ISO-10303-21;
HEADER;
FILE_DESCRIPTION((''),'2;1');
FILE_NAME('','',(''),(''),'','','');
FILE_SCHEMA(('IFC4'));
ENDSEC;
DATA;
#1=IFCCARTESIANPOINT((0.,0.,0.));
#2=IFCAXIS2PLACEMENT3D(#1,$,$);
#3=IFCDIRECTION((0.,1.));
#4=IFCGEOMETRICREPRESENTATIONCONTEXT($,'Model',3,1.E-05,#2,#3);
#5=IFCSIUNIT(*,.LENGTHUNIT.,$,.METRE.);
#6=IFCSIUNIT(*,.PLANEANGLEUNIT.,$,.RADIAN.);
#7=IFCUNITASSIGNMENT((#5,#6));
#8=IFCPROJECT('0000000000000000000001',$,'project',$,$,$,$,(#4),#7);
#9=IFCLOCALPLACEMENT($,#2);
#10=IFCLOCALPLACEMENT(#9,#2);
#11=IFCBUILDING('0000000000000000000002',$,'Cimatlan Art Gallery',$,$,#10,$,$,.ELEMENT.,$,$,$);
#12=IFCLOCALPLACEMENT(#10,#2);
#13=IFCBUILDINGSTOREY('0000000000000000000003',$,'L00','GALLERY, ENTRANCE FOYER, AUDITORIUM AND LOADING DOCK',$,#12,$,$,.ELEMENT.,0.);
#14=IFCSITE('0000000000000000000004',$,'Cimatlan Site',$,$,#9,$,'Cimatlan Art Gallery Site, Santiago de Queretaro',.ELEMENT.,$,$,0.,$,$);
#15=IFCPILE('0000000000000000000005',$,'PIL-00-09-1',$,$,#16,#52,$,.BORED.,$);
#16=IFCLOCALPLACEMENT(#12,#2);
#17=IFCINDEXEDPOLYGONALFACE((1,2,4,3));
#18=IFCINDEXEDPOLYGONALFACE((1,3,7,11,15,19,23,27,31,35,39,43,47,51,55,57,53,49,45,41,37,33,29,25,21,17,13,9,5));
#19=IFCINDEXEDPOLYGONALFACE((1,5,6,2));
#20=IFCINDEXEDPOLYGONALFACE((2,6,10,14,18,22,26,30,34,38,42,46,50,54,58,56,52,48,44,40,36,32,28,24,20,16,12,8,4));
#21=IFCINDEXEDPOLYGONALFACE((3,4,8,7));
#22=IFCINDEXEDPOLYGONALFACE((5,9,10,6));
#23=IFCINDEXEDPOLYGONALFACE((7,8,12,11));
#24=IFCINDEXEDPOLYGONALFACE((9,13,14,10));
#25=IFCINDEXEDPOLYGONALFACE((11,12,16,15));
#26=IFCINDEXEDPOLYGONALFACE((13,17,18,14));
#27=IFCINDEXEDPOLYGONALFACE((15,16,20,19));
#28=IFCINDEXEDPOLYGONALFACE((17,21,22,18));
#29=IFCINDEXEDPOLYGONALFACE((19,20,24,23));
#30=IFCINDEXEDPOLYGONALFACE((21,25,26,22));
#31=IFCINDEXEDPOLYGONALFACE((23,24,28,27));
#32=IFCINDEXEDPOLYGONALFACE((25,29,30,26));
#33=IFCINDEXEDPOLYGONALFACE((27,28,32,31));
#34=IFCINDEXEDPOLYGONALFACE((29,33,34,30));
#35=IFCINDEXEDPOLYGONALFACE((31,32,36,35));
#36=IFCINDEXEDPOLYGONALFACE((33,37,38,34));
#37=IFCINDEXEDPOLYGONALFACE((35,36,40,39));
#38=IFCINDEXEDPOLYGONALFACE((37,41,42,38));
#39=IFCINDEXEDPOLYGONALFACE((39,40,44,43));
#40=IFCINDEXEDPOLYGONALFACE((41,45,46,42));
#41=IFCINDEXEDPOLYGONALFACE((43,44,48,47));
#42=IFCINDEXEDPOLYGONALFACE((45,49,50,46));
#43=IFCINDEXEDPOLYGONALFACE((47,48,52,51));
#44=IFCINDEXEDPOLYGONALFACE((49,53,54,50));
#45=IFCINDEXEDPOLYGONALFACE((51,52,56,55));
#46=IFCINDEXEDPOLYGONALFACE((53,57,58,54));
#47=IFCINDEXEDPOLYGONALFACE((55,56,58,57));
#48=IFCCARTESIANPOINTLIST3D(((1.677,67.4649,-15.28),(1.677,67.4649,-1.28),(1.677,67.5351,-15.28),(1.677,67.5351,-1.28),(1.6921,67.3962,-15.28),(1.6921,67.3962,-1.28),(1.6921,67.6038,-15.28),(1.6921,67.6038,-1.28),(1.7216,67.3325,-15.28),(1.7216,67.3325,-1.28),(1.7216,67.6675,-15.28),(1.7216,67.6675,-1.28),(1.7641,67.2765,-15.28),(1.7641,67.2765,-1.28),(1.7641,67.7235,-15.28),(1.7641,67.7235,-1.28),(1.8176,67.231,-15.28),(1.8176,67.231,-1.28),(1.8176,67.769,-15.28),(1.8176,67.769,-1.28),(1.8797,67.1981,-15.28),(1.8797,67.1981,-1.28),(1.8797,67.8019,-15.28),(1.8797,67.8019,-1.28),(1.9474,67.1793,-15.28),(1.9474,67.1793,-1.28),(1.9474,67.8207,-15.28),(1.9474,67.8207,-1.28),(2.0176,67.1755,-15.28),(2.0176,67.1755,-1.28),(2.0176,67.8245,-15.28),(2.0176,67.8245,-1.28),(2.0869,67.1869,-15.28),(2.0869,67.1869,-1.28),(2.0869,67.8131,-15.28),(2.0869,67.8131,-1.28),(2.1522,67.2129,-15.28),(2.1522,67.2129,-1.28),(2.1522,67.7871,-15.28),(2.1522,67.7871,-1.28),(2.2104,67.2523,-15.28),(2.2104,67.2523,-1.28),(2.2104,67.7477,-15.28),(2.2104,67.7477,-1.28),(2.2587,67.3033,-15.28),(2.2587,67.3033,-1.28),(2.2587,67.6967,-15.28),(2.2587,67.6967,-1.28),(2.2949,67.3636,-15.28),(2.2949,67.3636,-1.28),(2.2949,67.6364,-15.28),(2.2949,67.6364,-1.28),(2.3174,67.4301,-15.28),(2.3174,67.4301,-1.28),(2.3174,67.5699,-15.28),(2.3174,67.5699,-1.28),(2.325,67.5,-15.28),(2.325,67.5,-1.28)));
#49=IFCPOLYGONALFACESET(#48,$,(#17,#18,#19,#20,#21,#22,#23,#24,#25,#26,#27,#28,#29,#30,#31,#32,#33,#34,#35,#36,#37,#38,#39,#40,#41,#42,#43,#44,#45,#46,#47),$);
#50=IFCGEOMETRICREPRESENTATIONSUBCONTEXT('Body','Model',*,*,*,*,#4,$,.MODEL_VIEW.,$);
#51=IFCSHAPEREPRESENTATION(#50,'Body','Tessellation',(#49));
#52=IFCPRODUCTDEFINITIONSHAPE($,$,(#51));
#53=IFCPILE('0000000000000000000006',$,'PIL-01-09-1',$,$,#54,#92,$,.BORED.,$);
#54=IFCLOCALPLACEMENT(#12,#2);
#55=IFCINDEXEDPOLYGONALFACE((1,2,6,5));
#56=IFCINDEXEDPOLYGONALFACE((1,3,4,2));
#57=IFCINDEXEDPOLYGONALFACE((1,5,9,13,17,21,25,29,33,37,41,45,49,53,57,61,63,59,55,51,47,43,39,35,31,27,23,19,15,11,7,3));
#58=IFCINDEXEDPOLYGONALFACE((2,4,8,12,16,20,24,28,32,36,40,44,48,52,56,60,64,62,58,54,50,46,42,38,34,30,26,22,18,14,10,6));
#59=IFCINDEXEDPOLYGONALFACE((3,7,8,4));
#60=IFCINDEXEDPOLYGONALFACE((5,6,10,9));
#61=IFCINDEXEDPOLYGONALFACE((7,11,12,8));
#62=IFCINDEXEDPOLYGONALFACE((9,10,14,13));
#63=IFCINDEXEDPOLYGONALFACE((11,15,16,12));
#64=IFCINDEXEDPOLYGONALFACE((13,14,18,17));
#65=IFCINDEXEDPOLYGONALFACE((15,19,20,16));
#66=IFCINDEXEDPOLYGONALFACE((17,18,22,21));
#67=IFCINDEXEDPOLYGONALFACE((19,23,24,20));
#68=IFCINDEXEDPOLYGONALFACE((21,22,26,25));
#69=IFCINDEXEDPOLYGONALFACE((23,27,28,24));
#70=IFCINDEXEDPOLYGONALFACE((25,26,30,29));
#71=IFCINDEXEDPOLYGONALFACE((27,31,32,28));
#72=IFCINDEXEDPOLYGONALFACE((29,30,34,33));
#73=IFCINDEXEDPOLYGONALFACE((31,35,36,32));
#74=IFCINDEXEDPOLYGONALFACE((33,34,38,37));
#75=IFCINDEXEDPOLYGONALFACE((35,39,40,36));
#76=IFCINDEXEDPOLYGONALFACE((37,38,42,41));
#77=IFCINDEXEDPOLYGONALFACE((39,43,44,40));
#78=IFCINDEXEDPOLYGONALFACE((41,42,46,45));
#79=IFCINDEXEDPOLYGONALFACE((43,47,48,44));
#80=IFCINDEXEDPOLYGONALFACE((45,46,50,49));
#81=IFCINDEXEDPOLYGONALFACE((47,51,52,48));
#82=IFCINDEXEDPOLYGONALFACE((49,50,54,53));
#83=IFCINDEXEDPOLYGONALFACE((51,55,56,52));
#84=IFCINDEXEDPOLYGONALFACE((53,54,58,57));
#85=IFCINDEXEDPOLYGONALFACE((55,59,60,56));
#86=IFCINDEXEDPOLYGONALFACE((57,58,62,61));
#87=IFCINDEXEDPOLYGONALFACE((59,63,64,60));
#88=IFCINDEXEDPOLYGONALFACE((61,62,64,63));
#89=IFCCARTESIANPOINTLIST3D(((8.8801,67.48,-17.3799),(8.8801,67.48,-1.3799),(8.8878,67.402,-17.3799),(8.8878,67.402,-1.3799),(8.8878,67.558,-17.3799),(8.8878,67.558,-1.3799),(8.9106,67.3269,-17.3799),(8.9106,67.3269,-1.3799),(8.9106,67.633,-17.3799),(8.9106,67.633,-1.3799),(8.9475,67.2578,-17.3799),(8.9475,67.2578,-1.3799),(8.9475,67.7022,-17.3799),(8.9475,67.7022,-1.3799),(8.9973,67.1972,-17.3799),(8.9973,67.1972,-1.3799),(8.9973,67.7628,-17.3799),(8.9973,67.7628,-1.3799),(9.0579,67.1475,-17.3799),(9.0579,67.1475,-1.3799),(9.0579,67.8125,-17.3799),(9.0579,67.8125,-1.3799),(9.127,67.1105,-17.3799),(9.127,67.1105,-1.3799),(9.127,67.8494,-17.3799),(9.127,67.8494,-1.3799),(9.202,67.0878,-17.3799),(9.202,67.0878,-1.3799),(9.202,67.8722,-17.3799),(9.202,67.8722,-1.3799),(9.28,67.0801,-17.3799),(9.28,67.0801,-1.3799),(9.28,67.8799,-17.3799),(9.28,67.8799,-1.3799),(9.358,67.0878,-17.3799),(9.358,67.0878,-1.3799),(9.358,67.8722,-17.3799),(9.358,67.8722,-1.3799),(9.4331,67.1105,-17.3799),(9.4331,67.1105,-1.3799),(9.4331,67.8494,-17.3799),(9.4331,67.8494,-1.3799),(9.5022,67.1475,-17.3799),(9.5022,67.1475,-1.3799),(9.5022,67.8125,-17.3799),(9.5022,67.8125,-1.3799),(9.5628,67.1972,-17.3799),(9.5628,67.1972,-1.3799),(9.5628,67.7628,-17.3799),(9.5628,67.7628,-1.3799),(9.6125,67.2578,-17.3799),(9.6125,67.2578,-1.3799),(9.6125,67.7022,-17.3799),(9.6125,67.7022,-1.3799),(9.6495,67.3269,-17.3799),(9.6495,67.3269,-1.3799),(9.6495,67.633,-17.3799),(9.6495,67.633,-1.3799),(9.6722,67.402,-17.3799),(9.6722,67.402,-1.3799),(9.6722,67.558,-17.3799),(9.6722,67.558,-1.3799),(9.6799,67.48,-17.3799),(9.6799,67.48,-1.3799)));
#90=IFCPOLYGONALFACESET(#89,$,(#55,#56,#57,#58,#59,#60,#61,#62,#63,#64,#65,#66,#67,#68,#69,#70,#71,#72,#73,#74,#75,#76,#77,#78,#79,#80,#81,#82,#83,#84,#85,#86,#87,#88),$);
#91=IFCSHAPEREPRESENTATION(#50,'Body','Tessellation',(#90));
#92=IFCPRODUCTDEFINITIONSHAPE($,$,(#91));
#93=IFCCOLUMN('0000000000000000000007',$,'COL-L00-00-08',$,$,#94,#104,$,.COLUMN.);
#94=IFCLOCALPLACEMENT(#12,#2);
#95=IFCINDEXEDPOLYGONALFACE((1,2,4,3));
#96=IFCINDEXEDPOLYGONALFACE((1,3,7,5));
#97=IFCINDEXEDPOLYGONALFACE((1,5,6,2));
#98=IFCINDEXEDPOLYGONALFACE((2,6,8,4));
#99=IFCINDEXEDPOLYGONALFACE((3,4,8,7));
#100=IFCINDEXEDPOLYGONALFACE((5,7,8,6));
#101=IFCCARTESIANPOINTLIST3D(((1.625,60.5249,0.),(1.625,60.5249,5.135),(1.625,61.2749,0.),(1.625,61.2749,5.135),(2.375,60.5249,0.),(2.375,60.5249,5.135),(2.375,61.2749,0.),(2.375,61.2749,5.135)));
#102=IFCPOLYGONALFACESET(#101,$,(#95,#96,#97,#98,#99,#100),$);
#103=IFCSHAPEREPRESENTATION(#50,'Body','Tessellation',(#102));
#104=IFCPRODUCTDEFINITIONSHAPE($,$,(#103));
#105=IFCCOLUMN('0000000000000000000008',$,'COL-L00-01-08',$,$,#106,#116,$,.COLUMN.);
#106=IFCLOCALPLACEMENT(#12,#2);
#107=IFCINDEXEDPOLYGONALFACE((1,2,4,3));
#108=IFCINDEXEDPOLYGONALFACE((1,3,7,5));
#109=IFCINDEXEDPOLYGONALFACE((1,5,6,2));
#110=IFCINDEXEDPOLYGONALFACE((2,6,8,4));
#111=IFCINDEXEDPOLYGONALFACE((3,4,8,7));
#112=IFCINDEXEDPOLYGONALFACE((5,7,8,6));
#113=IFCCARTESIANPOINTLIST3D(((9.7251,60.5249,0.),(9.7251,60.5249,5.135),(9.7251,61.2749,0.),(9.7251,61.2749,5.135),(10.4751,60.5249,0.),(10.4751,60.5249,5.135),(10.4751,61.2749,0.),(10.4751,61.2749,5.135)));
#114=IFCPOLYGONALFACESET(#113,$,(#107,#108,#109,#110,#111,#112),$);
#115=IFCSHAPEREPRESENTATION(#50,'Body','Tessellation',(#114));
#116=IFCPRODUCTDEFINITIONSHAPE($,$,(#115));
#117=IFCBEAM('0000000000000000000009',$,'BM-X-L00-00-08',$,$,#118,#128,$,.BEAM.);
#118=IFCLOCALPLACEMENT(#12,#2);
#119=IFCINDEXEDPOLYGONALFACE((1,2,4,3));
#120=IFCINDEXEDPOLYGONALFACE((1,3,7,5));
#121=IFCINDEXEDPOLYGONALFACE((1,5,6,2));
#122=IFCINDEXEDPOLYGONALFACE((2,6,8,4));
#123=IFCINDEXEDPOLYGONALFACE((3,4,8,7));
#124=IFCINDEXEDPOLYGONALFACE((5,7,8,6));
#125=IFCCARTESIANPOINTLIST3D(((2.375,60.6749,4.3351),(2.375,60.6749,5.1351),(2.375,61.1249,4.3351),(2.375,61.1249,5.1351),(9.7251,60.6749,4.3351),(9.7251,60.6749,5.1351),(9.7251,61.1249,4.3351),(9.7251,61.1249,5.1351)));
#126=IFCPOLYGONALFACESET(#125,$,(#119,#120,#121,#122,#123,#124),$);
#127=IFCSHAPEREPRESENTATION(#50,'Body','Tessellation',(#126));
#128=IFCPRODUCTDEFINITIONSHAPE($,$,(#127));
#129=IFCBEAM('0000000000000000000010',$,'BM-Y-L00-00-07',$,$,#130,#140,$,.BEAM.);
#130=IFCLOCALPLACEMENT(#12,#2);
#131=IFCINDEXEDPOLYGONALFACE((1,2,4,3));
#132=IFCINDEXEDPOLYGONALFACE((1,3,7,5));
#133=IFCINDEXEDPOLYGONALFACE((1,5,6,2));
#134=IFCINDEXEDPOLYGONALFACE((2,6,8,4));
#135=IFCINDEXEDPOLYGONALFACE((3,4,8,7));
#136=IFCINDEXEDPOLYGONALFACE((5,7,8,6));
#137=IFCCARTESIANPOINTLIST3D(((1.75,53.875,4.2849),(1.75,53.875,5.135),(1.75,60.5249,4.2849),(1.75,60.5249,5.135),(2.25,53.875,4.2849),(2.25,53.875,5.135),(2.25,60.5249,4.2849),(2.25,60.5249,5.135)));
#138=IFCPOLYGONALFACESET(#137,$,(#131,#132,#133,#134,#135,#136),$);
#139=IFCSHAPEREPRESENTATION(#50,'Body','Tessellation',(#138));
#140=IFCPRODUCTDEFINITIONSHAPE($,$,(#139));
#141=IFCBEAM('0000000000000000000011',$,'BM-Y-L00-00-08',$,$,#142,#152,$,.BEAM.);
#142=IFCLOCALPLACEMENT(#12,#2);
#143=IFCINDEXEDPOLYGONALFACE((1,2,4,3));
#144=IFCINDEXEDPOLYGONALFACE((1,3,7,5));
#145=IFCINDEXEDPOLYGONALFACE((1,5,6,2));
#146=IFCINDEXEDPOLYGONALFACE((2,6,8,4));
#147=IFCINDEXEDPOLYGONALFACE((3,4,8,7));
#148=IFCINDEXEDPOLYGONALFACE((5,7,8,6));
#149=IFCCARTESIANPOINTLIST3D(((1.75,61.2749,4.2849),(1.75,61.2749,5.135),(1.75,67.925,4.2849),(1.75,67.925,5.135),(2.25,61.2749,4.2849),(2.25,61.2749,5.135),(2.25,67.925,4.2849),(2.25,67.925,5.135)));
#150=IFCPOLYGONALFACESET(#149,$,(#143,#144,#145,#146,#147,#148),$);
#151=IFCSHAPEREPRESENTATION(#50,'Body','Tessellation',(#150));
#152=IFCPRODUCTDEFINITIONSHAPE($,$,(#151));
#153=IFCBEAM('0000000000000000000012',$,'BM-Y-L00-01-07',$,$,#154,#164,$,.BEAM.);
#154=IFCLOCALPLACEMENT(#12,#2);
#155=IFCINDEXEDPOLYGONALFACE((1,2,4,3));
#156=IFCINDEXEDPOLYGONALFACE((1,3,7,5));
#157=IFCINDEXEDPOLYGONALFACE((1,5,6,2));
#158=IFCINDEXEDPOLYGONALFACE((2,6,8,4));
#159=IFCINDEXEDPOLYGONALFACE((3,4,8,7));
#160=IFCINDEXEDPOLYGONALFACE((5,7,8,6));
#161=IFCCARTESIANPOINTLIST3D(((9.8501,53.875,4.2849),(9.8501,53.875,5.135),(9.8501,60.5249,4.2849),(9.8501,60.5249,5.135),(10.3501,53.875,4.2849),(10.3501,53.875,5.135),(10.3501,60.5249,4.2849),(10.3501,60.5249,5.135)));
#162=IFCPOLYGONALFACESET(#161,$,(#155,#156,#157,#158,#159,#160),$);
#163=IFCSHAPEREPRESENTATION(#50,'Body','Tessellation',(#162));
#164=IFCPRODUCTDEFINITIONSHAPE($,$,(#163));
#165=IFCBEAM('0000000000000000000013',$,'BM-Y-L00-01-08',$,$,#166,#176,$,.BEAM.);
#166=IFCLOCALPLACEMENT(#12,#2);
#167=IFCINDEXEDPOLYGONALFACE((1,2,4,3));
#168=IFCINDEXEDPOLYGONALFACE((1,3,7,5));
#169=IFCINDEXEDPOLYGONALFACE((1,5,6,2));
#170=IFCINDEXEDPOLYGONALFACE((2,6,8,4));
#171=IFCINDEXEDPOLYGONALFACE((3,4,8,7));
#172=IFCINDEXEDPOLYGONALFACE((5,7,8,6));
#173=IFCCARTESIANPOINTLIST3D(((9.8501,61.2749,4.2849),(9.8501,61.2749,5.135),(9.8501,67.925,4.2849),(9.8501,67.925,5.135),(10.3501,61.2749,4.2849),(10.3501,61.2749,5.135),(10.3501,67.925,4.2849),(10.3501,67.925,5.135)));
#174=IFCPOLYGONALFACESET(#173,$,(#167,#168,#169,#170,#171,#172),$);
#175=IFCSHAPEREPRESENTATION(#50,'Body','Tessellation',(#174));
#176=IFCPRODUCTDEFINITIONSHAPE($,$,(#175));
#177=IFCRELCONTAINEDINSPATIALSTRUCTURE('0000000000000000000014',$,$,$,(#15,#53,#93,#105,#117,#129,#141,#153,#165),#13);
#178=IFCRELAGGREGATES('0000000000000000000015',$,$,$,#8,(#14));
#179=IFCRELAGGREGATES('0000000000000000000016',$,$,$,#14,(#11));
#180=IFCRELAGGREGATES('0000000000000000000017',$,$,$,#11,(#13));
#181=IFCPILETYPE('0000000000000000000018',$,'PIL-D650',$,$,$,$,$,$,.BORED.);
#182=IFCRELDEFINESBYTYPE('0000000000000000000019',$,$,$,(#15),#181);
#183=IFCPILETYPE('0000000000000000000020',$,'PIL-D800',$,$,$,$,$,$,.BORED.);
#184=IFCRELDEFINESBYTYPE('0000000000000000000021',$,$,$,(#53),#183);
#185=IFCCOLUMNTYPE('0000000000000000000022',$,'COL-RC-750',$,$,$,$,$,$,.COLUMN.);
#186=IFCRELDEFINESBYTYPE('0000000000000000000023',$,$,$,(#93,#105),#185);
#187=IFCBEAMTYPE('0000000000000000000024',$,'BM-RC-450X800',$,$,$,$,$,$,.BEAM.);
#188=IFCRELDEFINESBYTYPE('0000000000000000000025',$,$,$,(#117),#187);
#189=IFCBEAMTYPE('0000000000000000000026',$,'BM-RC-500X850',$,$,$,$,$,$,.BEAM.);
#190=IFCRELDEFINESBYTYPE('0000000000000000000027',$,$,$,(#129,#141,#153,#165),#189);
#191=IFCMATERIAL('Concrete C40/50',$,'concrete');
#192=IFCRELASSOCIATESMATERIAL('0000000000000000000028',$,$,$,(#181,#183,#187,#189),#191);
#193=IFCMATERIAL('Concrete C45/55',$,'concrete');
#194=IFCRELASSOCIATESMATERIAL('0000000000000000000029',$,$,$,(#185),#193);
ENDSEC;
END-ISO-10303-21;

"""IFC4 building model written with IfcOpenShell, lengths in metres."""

from ifc_helpers import new_model, si_unit, direction, frame, origin, origin_2d, place, context, subcontext, project, spatial, rectangle, circle, extrude, material, material_profile, profile_set, type_object, element, save


model = new_model("IFC4")

# Units and contexts
model_context = context("Model", 3, precision=1e-05, world=origin(), true_north=direction((0.0, 1.0)))
body_context = subcontext(model_context, "Body", "Model", "MODEL_VIEW")
ifc_project = project(units=[si_unit("LENGTHUNIT", "METRE"), si_unit("PLANEANGLEUNIT", "RADIAN")], contexts=[model_context])

# Site, building, storey
site_placement = place(None, origin())
site = spatial("IfcSite", under=ifc_project, at=site_placement, Name="Cimatlan Site", LongName="Cimatlan Art Gallery Site, Santiago de Queretaro", CompositionType="ELEMENT", RefElevation=0.0)
building_placement = place(site_placement, origin())
building = spatial("IfcBuilding", under=site, at=building_placement, Name="Cimatlan Art Gallery", CompositionType="ELEMENT")
storey_placement = place(building_placement, origin())
storey = spatial("IfcBuildingStorey", under=building, at=storey_placement, Name="L00", Description="GALLERY, ENTRANCE FOYER, AUDITORIUM AND LOADING DOCK", CompositionType="ELEMENT", Elevation=0.0)

# Piles
ifc_material_1 = material(Name="Concrete C40/50", Category="concrete")
pile_type_1 = type_object("IfcPileType", Name="PIL-D650", PredefinedType="BORED", material=ifc_material_1)
pile_1_placement = place(storey_placement, frame((2.0, 67.5, -1.28), z_axis=(0.0, 0.0, -1.0), x_axis=(1.0, 0.0, 0.0)))
element("IfcPile", 1, at=pile_1_placement, inside=storey, type_object=pile_type_1, Name="PIL-00-09-1", PredefinedType="BORED", context=body_context, shape_type="SweptSolid", body=[
    extrude(circle(Radius=0.325, at=origin_2d()), origin(), (0.0, 0.0, 1.0), 14.0),
])
pile_type_2 = type_object("IfcPileType", Name="PIL-D800", PredefinedType="BORED", material=ifc_material_1)
pile_2_placement = place(storey_placement, frame((9.28, 67.48, -1.3799), z_axis=(0.0, 0.0, -1.0), x_axis=(1.0, 0.0, 0.0)))
element("IfcPile", 2, at=pile_2_placement, inside=storey, type_object=pile_type_2, Name="PIL-01-09-1", PredefinedType="BORED", context=body_context, shape_type="SweptSolid", body=[
    extrude(circle(Radius=0.3999, at=origin_2d()), origin(), (0.0, 0.0, 1.0), 16.0),
])

# Columns
ifc_material_2 = material(Name="Concrete C45/55", Category="concrete")
ifc_material_profile_1 = material_profile(ifc_material_2, rectangle(XDim=0.75, YDim=0.75, at=origin_2d()), Name="RC750X750")
ifc_profile_set_1 = profile_set([ifc_material_profile_1], Name="Concrete C45/55")
column_type = type_object("IfcColumnType", Name="COL-RC-750", PredefinedType="COLUMN", material=ifc_profile_set_1)
for number, where, z_axis, x_axis, name in (
    (3, (2.0, 60.8999, 0.0), (0.0, 0.0, 1.0), (1.0, 0.0, 0.0), "COL-L00-00-08"),
    (4, (10.1001, 60.8999, 0.0), (0.0, 0.0, 1.0), (1.0, 0.0, 0.0), "COL-L00-01-08"),
):
    element("IfcColumn", number, at=place(storey_placement, frame(where, z_axis=z_axis, x_axis=x_axis)), inside=storey, type_object=column_type, Name=name, PredefinedType="COLUMN", context=body_context, shape_type="SweptSolid", body=[
        extrude(rectangle(XDim=0.75, YDim=0.75, at=origin_2d()), origin(), (0.0, 0.0, 1.0), 5.135),
    ])

# Beams
ifc_material_profile_2 = material_profile(ifc_material_1, rectangle(XDim=0.45, YDim=0.8, at=origin_2d()), Name="RC450X800")
ifc_profile_set_2 = profile_set([ifc_material_profile_2], Name="Concrete C40/50")
beam_type_1 = type_object("IfcBeamType", Name="BM-RC-450X800", PredefinedType="BEAM", material=ifc_profile_set_2)
beam_1_placement = place(storey_placement, frame((2.375, 60.8999, 4.7351), z_axis=(1.0, 0.0, 0.0), x_axis=(0.0, 1.0, 0.0)))
element("IfcBeam", 5, at=beam_1_placement, inside=storey, type_object=beam_type_1, Name="BM-X-L00-00-08", PredefinedType="BEAM", context=body_context, shape_type="SweptSolid", body=[
    extrude(rectangle(XDim=0.45, YDim=0.8, at=origin_2d()), origin(), (0.0, 0.0, 1.0), 7.3501),
])
ifc_material_profile_3 = material_profile(ifc_material_1, rectangle(XDim=0.5, YDim=0.8501, at=origin_2d()), Name="RC500X850")
ifc_profile_set_3 = profile_set([ifc_material_profile_3], Name="Concrete C40/50")
beam_type_2 = type_object("IfcBeamType", Name="BM-RC-500X850", PredefinedType="BEAM", material=ifc_profile_set_3)
beam_2_placement = place(storey_placement, frame((2.0, 53.875, 4.71), z_axis=(0.0, 1.0, 0.0), x_axis=(-1.0, 0.0, 0.0)))
element("IfcBeam", 6, at=beam_2_placement, inside=storey, type_object=beam_type_2, Name="BM-Y-L00-00-07", PredefinedType="BEAM", context=body_context, shape_type="SweptSolid", body=[
    extrude(rectangle(XDim=0.5, YDim=0.8501, at=origin_2d()), origin(), (0.0, 0.0, 1.0), 6.6499),
])
beam_3_placement = place(storey_placement, frame((2.0, 61.2749, 4.71), z_axis=(0.0, 1.0, 0.0), x_axis=(-1.0, 0.0, 0.0)))
element("IfcBeam", 7, at=beam_3_placement, inside=storey, type_object=beam_type_2, Name="BM-Y-L00-00-08", PredefinedType="BEAM", context=body_context, shape_type="SweptSolid", body=[
    extrude(rectangle(XDim=0.5, YDim=0.8501, at=origin_2d()), origin(), (0.0, 0.0, 1.0), 6.6501),
])
beam_4_placement = place(storey_placement, frame((10.1001, 53.875, 4.71), z_axis=(0.0, 1.0, 0.0), x_axis=(-1.0, 0.0, 0.0)))
element("IfcBeam", 8, at=beam_4_placement, inside=storey, type_object=beam_type_2, Name="BM-Y-L00-01-07", PredefinedType="BEAM", context=body_context, shape_type="SweptSolid", body=[
    extrude(rectangle(XDim=0.5, YDim=0.8501, at=origin_2d()), origin(), (0.0, 0.0, 1.0), 6.6499),
])
beam_5_placement = place(storey_placement, frame((10.1001, 61.2749, 4.71), z_axis=(0.0, 1.0, 0.0), x_axis=(-1.0, 0.0, 0.0)))
element("IfcBeam", 9, at=beam_5_placement, inside=storey, type_object=beam_type_2, Name="BM-Y-L00-01-08", PredefinedType="BEAM", context=body_context, shape_type="SweptSolid", body=[
    extrude(rectangle(XDim=0.5, YDim=0.8501, at=origin_2d()), origin(), (0.0, 0.0, 1.0), 6.6501),
])

save(model, "model.ifc")
